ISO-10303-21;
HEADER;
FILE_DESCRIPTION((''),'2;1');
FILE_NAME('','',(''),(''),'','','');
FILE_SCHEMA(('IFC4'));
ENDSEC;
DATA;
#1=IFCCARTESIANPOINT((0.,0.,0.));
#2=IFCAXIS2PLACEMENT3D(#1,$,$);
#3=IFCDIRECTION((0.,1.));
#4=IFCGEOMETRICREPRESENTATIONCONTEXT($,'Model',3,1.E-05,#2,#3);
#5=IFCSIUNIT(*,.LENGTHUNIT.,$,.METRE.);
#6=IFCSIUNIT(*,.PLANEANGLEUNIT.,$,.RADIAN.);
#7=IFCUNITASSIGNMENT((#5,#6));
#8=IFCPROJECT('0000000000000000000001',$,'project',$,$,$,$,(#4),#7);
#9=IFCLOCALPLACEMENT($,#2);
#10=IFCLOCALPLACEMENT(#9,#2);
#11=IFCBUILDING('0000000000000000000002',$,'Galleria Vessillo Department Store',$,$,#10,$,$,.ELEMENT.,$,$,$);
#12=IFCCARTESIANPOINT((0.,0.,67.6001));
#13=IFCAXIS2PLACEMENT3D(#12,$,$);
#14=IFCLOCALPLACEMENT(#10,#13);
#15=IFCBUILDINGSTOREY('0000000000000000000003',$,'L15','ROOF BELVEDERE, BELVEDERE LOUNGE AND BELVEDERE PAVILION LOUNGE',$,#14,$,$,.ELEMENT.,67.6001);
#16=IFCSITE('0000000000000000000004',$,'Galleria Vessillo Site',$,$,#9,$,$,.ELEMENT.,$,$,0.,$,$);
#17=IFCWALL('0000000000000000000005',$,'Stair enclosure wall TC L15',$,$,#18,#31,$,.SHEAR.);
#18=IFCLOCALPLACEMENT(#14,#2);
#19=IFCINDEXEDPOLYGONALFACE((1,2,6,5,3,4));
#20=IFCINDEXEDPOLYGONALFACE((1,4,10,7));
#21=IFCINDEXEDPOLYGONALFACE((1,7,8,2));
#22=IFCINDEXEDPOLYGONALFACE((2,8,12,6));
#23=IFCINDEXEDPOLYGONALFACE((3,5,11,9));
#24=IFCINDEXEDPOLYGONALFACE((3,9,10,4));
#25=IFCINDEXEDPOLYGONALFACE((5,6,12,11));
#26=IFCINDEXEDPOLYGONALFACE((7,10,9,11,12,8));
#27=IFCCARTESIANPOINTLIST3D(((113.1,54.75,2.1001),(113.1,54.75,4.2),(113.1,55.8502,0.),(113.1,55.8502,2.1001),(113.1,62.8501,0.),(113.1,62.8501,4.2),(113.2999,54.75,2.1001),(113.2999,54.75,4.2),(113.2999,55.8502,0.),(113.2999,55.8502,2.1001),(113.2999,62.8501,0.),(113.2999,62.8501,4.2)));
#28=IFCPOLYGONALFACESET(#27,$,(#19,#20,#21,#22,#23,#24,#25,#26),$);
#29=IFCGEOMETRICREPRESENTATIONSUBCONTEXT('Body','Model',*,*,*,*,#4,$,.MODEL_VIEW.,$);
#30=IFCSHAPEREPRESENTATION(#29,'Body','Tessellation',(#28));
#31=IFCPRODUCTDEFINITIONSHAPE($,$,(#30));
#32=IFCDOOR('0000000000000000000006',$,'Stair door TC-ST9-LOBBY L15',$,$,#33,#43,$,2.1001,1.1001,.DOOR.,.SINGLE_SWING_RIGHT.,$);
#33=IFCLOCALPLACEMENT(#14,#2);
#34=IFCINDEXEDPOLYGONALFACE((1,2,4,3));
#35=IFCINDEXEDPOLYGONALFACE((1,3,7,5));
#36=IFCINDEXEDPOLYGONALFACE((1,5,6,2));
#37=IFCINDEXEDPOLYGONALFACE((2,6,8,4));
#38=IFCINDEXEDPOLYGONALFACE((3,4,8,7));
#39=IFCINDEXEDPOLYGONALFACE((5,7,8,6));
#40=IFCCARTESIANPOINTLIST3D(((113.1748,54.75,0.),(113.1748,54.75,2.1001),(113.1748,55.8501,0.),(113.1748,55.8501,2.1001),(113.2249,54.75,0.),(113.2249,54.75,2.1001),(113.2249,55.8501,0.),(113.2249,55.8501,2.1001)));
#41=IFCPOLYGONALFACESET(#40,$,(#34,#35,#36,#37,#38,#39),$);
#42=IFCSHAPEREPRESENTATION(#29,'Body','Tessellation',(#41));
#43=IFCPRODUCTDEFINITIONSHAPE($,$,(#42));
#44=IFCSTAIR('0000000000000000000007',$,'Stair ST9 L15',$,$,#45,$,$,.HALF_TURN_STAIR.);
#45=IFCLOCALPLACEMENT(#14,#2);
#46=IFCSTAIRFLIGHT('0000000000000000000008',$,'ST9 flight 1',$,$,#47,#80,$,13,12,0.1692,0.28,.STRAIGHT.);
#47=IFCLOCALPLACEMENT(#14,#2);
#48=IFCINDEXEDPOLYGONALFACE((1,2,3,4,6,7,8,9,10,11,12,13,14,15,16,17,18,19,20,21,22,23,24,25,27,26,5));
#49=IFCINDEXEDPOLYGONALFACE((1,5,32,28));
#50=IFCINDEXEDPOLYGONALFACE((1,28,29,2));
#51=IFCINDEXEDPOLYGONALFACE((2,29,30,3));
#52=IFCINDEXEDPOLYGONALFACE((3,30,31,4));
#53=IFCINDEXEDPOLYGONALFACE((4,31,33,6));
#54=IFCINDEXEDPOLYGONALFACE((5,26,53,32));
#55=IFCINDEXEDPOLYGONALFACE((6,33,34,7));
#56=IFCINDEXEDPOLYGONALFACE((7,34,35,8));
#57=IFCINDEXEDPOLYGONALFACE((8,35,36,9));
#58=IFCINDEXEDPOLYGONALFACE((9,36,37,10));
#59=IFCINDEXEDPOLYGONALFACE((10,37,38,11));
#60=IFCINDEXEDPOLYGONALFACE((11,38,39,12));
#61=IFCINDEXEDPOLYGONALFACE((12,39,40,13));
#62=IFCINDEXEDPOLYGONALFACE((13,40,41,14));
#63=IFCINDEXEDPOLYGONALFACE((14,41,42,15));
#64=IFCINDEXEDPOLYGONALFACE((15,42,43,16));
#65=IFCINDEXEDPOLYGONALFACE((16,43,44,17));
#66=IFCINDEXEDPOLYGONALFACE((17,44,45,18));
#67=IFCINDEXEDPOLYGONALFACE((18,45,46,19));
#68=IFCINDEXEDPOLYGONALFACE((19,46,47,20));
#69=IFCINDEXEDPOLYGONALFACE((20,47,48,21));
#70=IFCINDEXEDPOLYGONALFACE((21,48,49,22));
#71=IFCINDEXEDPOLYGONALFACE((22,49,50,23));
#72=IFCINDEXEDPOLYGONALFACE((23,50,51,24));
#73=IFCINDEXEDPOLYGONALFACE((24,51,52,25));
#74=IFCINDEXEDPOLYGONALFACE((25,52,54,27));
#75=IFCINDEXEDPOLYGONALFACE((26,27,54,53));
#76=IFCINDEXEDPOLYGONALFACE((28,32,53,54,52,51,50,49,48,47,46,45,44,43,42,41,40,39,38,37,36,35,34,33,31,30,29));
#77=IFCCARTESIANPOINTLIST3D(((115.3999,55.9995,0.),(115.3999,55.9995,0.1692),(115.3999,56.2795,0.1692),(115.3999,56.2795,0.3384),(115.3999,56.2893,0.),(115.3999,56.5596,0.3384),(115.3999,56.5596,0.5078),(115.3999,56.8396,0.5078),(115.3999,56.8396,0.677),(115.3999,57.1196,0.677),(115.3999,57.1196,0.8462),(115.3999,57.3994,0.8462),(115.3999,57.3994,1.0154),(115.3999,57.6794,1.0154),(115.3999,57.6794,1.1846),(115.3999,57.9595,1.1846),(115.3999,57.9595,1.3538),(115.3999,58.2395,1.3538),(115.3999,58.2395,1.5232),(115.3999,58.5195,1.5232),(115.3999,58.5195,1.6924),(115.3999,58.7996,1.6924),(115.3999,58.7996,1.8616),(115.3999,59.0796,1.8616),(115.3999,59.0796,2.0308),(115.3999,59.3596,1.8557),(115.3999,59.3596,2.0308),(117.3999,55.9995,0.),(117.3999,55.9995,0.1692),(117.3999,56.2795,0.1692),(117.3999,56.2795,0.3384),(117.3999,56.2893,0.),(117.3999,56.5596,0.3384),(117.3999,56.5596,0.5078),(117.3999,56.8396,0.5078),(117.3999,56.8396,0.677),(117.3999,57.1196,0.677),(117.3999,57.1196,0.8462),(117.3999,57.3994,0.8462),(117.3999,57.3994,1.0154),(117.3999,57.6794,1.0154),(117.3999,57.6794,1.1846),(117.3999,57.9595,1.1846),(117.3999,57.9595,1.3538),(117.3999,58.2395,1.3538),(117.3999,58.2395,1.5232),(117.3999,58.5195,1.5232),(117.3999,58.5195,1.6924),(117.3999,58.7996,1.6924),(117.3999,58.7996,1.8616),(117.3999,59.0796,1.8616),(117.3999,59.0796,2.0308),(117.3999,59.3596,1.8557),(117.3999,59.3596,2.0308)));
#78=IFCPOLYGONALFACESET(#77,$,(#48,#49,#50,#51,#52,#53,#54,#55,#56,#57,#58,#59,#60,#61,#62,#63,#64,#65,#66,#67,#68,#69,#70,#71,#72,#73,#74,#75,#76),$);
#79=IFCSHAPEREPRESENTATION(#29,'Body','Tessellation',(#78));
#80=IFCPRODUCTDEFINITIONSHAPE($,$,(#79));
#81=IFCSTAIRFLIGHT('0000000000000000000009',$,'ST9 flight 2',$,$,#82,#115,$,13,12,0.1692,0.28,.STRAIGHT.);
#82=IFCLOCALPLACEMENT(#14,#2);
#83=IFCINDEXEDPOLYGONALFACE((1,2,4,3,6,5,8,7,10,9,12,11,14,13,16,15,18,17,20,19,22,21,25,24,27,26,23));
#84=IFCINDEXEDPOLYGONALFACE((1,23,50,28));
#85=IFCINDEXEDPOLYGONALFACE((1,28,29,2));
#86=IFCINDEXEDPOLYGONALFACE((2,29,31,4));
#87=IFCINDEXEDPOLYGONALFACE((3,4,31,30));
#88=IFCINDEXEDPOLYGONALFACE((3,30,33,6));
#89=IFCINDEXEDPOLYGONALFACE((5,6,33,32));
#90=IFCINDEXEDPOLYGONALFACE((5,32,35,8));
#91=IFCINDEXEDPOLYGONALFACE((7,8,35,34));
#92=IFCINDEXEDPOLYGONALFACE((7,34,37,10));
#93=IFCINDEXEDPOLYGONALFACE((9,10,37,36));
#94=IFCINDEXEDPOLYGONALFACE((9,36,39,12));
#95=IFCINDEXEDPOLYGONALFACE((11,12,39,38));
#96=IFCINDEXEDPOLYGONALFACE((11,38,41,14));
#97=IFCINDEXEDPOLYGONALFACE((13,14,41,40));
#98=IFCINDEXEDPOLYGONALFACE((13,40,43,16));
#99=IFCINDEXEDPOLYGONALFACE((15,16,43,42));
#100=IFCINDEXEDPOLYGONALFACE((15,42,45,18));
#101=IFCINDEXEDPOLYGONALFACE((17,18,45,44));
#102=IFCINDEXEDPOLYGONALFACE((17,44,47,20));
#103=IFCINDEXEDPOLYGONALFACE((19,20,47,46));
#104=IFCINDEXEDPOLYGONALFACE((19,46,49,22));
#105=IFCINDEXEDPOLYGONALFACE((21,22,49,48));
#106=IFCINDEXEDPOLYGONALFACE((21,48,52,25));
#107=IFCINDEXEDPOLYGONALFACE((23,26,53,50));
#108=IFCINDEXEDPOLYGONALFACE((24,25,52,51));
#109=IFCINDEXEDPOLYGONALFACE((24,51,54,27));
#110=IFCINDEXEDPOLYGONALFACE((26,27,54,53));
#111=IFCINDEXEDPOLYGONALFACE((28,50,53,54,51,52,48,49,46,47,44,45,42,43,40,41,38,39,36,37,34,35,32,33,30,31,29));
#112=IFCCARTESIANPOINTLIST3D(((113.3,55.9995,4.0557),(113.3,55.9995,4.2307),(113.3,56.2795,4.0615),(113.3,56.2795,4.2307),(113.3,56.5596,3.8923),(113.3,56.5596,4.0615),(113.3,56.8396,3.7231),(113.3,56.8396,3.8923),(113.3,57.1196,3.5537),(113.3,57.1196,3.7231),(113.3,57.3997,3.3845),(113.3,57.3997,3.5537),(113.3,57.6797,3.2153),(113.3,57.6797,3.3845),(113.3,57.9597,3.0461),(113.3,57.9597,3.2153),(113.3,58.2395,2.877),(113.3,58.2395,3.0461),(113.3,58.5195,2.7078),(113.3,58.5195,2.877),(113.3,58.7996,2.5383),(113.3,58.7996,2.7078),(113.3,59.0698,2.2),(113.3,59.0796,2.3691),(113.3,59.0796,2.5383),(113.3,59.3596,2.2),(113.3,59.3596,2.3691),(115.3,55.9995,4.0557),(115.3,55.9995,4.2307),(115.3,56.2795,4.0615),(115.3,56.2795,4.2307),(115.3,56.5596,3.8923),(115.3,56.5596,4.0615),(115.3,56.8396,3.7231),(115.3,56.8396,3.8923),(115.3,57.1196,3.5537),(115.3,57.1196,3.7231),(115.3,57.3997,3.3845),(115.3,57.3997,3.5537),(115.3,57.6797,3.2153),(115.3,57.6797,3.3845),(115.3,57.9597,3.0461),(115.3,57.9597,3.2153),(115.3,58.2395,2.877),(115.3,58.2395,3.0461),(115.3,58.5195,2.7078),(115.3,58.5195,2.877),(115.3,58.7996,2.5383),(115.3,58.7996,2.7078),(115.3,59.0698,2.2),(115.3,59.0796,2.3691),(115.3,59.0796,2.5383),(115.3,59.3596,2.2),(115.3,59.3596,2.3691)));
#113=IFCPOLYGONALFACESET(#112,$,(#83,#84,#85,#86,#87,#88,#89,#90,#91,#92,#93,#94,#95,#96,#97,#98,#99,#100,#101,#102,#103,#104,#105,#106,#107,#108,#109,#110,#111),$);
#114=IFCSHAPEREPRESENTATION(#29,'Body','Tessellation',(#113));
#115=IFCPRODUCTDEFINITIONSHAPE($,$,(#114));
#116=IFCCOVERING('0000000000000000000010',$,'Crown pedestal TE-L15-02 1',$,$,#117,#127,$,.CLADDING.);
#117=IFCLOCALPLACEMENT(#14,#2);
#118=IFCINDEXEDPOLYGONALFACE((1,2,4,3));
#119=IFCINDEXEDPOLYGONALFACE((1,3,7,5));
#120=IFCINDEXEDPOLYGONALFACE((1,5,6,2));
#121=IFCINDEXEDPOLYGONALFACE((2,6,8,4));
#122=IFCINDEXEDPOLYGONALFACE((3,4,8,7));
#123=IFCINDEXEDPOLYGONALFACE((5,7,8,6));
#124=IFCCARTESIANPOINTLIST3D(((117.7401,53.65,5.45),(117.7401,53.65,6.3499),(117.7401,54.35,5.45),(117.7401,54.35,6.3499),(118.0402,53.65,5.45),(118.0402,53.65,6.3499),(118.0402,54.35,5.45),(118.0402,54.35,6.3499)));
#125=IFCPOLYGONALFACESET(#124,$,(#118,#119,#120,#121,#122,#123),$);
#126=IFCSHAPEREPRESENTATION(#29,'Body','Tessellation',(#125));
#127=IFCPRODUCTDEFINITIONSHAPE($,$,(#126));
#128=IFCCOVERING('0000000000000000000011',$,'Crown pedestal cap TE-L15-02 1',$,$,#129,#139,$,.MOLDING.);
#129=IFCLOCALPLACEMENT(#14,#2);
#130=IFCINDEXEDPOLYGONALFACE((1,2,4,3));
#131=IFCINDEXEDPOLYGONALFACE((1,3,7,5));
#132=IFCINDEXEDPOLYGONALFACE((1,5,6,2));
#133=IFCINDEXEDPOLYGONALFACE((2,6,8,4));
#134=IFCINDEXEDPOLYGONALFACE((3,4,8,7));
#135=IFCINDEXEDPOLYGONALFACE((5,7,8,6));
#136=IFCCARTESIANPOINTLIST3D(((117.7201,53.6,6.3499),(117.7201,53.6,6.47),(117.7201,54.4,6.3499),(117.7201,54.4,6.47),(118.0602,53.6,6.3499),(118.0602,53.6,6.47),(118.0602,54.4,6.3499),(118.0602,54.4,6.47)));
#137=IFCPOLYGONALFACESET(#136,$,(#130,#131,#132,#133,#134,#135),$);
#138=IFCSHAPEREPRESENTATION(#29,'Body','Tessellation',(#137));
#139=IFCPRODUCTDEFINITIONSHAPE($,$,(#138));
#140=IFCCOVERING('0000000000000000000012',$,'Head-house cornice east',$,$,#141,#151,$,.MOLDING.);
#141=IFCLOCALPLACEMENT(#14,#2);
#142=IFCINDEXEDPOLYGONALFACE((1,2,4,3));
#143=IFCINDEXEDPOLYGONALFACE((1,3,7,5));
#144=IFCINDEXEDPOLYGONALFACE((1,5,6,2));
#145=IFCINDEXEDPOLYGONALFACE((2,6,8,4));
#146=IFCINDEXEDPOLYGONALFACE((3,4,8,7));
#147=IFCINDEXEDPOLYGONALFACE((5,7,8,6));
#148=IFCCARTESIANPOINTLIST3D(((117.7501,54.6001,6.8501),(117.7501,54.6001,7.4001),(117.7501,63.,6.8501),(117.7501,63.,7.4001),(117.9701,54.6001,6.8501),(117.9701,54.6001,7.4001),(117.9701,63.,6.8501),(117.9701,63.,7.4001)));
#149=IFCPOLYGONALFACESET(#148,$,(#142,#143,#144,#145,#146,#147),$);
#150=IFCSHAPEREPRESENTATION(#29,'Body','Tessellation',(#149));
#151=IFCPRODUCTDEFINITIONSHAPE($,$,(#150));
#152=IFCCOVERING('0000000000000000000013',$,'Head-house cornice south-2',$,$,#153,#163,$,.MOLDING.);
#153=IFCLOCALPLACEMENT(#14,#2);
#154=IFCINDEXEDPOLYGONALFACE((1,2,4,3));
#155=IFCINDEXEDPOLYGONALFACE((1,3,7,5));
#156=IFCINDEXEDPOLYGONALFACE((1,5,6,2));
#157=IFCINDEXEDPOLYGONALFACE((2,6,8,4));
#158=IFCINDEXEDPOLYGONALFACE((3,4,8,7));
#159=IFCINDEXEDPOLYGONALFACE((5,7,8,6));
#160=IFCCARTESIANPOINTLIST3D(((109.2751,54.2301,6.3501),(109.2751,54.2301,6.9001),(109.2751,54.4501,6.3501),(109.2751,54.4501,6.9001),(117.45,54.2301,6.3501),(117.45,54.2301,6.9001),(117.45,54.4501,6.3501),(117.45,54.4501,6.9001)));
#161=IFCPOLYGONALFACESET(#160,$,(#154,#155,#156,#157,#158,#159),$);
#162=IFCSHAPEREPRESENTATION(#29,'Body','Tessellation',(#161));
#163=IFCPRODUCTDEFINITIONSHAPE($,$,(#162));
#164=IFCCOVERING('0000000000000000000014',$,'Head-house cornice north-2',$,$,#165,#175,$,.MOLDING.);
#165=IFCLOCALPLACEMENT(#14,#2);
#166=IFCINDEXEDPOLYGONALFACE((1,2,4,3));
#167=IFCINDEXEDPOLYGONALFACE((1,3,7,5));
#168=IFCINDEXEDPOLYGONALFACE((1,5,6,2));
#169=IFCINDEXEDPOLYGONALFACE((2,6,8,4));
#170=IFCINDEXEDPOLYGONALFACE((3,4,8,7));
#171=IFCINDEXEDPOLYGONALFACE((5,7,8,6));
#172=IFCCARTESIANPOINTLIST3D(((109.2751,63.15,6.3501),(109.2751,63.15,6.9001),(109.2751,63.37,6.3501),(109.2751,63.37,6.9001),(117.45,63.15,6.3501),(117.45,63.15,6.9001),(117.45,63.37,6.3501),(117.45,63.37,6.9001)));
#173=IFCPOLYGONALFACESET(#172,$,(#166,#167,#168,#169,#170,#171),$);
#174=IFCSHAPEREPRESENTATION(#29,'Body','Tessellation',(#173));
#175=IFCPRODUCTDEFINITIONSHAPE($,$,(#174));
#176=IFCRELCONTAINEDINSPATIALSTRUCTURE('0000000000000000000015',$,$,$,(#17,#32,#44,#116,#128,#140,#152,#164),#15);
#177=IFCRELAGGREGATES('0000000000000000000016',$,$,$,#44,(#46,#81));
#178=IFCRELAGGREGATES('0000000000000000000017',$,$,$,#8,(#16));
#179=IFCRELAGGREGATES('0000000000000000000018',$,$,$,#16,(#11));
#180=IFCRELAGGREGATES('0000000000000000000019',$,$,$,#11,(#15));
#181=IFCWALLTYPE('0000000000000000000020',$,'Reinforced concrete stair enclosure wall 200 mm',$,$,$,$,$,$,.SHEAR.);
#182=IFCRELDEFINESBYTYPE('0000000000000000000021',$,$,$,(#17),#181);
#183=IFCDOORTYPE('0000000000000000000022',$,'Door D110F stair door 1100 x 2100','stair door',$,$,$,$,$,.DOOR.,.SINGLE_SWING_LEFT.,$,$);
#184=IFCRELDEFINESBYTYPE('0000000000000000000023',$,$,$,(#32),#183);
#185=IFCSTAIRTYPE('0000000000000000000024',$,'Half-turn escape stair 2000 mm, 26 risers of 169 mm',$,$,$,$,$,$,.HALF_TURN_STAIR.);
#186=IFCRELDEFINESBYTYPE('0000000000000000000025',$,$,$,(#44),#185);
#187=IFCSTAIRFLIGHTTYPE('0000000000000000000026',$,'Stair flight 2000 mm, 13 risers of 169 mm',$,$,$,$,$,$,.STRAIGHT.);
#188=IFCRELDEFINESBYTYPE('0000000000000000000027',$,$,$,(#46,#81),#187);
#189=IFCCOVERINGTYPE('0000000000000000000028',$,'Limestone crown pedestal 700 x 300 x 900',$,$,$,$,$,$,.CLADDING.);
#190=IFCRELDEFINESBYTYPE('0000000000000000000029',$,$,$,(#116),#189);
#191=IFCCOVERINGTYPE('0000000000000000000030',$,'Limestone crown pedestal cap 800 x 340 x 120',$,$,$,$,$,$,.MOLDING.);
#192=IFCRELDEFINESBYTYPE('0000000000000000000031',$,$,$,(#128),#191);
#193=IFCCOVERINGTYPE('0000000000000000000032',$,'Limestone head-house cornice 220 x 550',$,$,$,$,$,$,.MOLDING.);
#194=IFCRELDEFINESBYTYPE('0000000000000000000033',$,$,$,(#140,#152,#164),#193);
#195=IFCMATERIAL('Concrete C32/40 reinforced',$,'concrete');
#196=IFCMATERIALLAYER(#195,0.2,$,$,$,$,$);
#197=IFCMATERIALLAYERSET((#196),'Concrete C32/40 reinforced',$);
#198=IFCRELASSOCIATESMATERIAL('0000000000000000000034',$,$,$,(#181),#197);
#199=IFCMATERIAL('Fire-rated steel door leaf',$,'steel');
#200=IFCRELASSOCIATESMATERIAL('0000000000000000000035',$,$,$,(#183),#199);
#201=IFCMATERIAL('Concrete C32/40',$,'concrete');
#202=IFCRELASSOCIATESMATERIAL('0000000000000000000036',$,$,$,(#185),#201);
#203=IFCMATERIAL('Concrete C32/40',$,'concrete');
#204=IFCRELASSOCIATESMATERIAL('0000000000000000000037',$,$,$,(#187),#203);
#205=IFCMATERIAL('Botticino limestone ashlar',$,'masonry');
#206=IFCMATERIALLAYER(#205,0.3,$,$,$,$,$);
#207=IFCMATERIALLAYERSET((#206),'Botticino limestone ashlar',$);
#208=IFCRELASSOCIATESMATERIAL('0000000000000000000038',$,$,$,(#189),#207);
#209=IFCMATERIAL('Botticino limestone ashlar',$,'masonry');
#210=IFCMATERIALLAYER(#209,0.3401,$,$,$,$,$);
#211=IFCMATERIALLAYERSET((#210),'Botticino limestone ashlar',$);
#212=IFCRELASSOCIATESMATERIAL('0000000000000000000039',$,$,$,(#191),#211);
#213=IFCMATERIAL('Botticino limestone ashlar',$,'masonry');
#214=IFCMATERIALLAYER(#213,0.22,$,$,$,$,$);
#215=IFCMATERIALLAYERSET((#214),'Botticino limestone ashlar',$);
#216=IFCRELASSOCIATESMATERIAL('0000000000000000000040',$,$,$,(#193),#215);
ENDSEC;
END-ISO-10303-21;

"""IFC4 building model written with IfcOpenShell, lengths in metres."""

from ifc_helpers import new_model, si_unit, direction, frame, frame_2d, origin, origin_2d, place, context, subcontext, project, spatial, polyline, rectangle, outline, extrude, material, layer, layer_set, type_object, element, fill, aggregate, save


model = new_model("IFC4")

# Units and contexts
model_context = context("Model", 3, precision=1e-05, world=origin(), true_north=direction((0.0, 1.0)))
body_context = subcontext(model_context, "Body", "Model", "MODEL_VIEW")
ifc_project = project(units=[si_unit("LENGTHUNIT", "METRE"), si_unit("PLANEANGLEUNIT", "RADIAN")], contexts=[model_context])

# Site, building, storey
site_placement = place(None, origin())
site = spatial("IfcSite", under=ifc_project, at=site_placement, Name="Galleria Vessillo Site", CompositionType="ELEMENT", RefElevation=0.0)
building_placement = place(site_placement, origin())
building = spatial("IfcBuilding", under=site, at=building_placement, Name="Galleria Vessillo Department Store", CompositionType="ELEMENT")
storey_placement = place(building_placement, frame((0.0, 0.0, 67.6001)))
storey = spatial("IfcBuildingStorey", under=building, at=storey_placement, Name="L15", Description="ROOF BELVEDERE, BELVEDERE LOUNGE AND BELVEDERE PAVILION LOUNGE", CompositionType="ELEMENT", Elevation=67.6001)

# Wall, opening, door
ifc_material_1 = material(Name="Concrete C32/40 reinforced", Category="concrete")
ifc_layer_1 = layer(ifc_material_1, 0.2)
ifc_layer_set_1 = layer_set([ifc_layer_1], Name="Concrete C32/40 reinforced")
wall_type_1 = type_object("IfcWallType", Name="Reinforced concrete stair enclosure wall 200 mm", PredefinedType="SHEAR", material=ifc_layer_set_1)
wall_1_placement = place(storey_placement, frame((113.2, 62.8501, 0.0), z_axis=(0.0, 0.0, 1.0), x_axis=(0.0, -1.0, 0.0)))
wall_1 = element("IfcWall", 1, at=wall_1_placement, inside=storey, type_object=wall_type_1, Name="Stair enclosure wall TC L15", PredefinedType="SHEAR", context=body_context, shape_type="SweptSolid", body=[
    extrude(rectangle(XDim=8.1001, YDim=0.2, at=frame_2d((4.05, 0.0))), origin(), (0.0, 0.0, 1.0), 4.2),
])
opening_placement = place(wall_1_placement, frame((7.0, 0.0, 0.0)))
opening = element("IfcOpeningElement", 2, at=opening_placement, cuts=wall_1, PredefinedType="OPENING", context=body_context, shape_type="SweptSolid", body=[
    extrude(rectangle(XDim=1.1101, YDim=2.1001, at=frame_2d((0.5549, 1.05))), frame((0.0, 0.1099, 0.0), z_axis=(0.0, -1.0, 0.0), x_axis=(1.0, 0.0, 0.0)), (0.0, 0.0, 1.0), 0.22),
])
ifc_material_2 = material(Name="Fire-rated steel door leaf", Category="steel")
door_type = type_object("IfcDoorType", Name="Door D110F stair door 1100 x 2100", Description="stair door", OperationType="SINGLE_SWING_LEFT", PredefinedType="DOOR", material=ifc_material_2)
door_placement = place(opening_placement, origin())
door = element("IfcDoor", 3, at=door_placement, inside=storey, type_object=door_type, Name="Stair door TC-ST9-LOBBY L15", OperationType="SINGLE_SWING_RIGHT", OverallHeight=2.1001, OverallWidth=1.1001, PredefinedType="DOOR", context=body_context, shape_type="SweptSolid", body=[
    extrude(rectangle(XDim=1.1001, YDim=2.1001, at=frame_2d((0.55, 1.05))), frame((0.0, 0.0249, 0.0), z_axis=(0.0, -1.0, 0.0), x_axis=(1.0, 0.0, 0.0)), (0.0, 0.0, 1.0), 0.05),
])
fill(opening, door)

# Stair, stair flights
ifc_material_3 = material(Name="Concrete C32/40", Category="concrete")
stair_type = type_object("IfcStairType", Name="Half-turn escape stair 2000 mm, 26 risers of 169 mm", PredefinedType="HALF_TURN_STAIR", material=ifc_material_3)
stair_placement = place(storey_placement, origin())
stair = element("IfcStair", 4, at=stair_placement, inside=storey, type_object=stair_type, Name="Stair ST9 L15", PredefinedType="HALF_TURN_STAIR")
ifc_material_4 = material(Name="Concrete C32/40", Category="concrete")
stair_flight_type = type_object("IfcStairFlightType", Name="Stair flight 2000 mm, 13 risers of 169 mm", PredefinedType="STRAIGHT", material=ifc_material_4)
stair_flight_1_placement = place(storey_placement, frame((116.3999, 55.9995, 0.0), z_axis=(0.0, 0.0, 1.0), x_axis=(0.0, 1.0, 0.0)))
stair_flight_1 = element("IfcStairFlight", 5, at=stair_flight_1_placement, type_object=stair_flight_type, Name="ST9 flight 1", NumberOfRisers=13, NumberOfTreads=12, PredefinedType="STRAIGHT", RiserHeight=0.1692, TreadLength=0.28, context=body_context, shape_type="SweptSolid", body=[
    extrude(outline(polyline([(0.0, 0.0), (0.0, 0.1692), (0.28, 0.1692), (0.28, 0.3384), (0.5601, 0.3384), (0.5601, 0.5078), (0.8401, 0.5078), (0.8401, 0.677), (1.1201, 0.677), (1.1201, 0.8462), (1.3999, 0.8462), (1.3999, 1.0154), (1.6799, 1.0154), (1.6799, 1.1846), (1.96, 1.1846), (1.96, 1.3538), (2.24, 1.3538), (2.24, 1.5232), (2.52, 1.5232), (2.52, 1.6924), (2.8, 1.6924), (2.8, 1.8616), (3.0801, 1.8616), (3.0801, 2.0308), (3.3601, 2.0308), (3.3601, 2.2), (3.3601, 1.8557), (0.2898, 0.0), (0.0, 0.0)])), frame((0.0, 1.0, 0.0), z_axis=(0.0, -1.0, 0.0), x_axis=(1.0, 0.0, 0.0)), (0.0, 0.0, 1.0), 2.0),
])
stair_flight_2_placement = place(storey_placement, frame((114.3, 59.3596, 2.2), z_axis=(0.0, 0.0, 1.0), x_axis=(0.0, -1.0, 0.0)))
stair_flight_2 = element("IfcStairFlight", 6, at=stair_flight_2_placement, type_object=stair_flight_type, Name="ST9 flight 2", NumberOfRisers=13, NumberOfTreads=12, PredefinedType="STRAIGHT", RiserHeight=0.1692, TreadLength=0.28, context=body_context, shape_type="SweptSolid", body=[
    extrude(outline(polyline([(0.0, 0.0), (0.0, 0.1692), (0.28, 0.1692), (0.28, 0.3384), (0.5601, 0.3384), (0.5601, 0.5078), (0.8401, 0.5078), (0.8401, 0.677), (1.1201, 0.677), (1.1201, 0.8462), (1.3999, 0.8462), (1.3999, 1.0154), (1.6799, 1.0154), (1.6799, 1.1846), (1.96, 1.1846), (1.96, 1.3538), (2.24, 1.3538), (2.24, 1.5232), (2.52, 1.5232), (2.52, 1.6924), (2.8, 1.6924), (2.8, 1.8616), (3.0801, 1.8616), (3.0801, 2.0308), (3.3601, 2.0308), (3.3601, 2.2), (3.3601, 1.8557), (0.2898, 0.0), (0.0, 0.0)])), frame((0.0, 1.0, 0.0), z_axis=(0.0, -1.0, 0.0), x_axis=(1.0, 0.0, 0.0)), (0.0, 0.0, 1.0), 2.0),
])
aggregate(stair, [stair_flight_1, stair_flight_2])

# Coverings
ifc_material_5 = material(Name="Botticino limestone ashlar", Category="masonry")
ifc_layer_2 = layer(ifc_material_5, 0.3)
ifc_layer_set_2 = layer_set([ifc_layer_2], Name="Botticino limestone ashlar")
covering_type_1 = type_object("IfcCoveringType", Name="Limestone crown pedestal 700 x 300 x 900", PredefinedType="CLADDING", material=ifc_layer_set_2)
covering_1_placement = place(storey_placement, frame((117.8901, 54.0, 5.45), z_axis=(0.0, 0.0, 1.0), x_axis=(1.0, 0.0, 0.0)))
element("IfcCovering", 7, at=covering_1_placement, inside=storey, type_object=covering_type_1, Name="Crown pedestal TE-L15-02 1", PredefinedType="CLADDING", context=body_context, shape_type="SweptSolid", body=[
    extrude(rectangle(XDim=0.3, YDim=0.7, at=origin_2d()), origin(), (0.0, 0.0, 1.0), 0.8999),
])
ifc_material_6 = material(Name="Botticino limestone ashlar", Category="masonry")
ifc_layer_3 = layer(ifc_material_6, 0.3401)
ifc_layer_set_3 = layer_set([ifc_layer_3], Name="Botticino limestone ashlar")
covering_type_2 = type_object("IfcCoveringType", Name="Limestone crown pedestal cap 800 x 340 x 120", PredefinedType="MOLDING", material=ifc_layer_set_3)
covering_2_placement = place(storey_placement, frame((117.8901, 54.0, 6.3499), z_axis=(0.0, 0.0, 1.0), x_axis=(1.0, 0.0, 0.0)))
element("IfcCovering", 8, at=covering_2_placement, inside=storey, type_object=covering_type_2, Name="Crown pedestal cap TE-L15-02 1", PredefinedType="MOLDING", context=body_context, shape_type="SweptSolid", body=[
    extrude(rectangle(XDim=0.3401, YDim=0.8, at=origin_2d()), origin(), (0.0, 0.0, 1.0), 0.1201),
])
ifc_material_7 = material(Name="Botticino limestone ashlar", Category="masonry")
ifc_layer_4 = layer(ifc_material_7, 0.22)
ifc_layer_set_4 = layer_set([ifc_layer_4], Name="Botticino limestone ashlar")
covering_type_3 = type_object("IfcCoveringType", Name="Limestone head-house cornice 220 x 550", PredefinedType="MOLDING", material=ifc_layer_set_4)
covering_3_placement = place(storey_placement, frame((117.8601, 58.8, 6.8501), z_axis=(0.0, 0.0, 1.0), x_axis=(1.0, 0.0, 0.0)))
element("IfcCovering", 9, at=covering_3_placement, inside=storey, type_object=covering_type_3, Name="Head-house cornice east", PredefinedType="MOLDING", context=body_context, shape_type="SweptSolid", body=[
    extrude(rectangle(XDim=0.22, YDim=8.3999, at=origin_2d()), origin(), (0.0, 0.0, 1.0), 0.55),
])
for number, where, z_axis, x_axis, name in (
    (10, (113.3625, 54.3401, 6.3501), (0.0, 0.0, 1.0), (1.0, 0.0, 0.0), "Head-house cornice south-2"),
    (11, (113.3625, 63.26, 6.3501), (0.0, 0.0, 1.0), (1.0, 0.0, 0.0), "Head-house cornice north-2"),
):
    element("IfcCovering", number, at=place(storey_placement, frame(where, z_axis=z_axis, x_axis=x_axis)), inside=storey, type_object=covering_type_3, Name=name, PredefinedType="MOLDING", context=body_context, shape_type="SweptSolid", body=[
        extrude(rectangle(XDim=8.1748, YDim=0.22, at=origin_2d()), origin(), (0.0, 0.0, 1.0), 0.55),
    ])

save(model, "model.ifc")
